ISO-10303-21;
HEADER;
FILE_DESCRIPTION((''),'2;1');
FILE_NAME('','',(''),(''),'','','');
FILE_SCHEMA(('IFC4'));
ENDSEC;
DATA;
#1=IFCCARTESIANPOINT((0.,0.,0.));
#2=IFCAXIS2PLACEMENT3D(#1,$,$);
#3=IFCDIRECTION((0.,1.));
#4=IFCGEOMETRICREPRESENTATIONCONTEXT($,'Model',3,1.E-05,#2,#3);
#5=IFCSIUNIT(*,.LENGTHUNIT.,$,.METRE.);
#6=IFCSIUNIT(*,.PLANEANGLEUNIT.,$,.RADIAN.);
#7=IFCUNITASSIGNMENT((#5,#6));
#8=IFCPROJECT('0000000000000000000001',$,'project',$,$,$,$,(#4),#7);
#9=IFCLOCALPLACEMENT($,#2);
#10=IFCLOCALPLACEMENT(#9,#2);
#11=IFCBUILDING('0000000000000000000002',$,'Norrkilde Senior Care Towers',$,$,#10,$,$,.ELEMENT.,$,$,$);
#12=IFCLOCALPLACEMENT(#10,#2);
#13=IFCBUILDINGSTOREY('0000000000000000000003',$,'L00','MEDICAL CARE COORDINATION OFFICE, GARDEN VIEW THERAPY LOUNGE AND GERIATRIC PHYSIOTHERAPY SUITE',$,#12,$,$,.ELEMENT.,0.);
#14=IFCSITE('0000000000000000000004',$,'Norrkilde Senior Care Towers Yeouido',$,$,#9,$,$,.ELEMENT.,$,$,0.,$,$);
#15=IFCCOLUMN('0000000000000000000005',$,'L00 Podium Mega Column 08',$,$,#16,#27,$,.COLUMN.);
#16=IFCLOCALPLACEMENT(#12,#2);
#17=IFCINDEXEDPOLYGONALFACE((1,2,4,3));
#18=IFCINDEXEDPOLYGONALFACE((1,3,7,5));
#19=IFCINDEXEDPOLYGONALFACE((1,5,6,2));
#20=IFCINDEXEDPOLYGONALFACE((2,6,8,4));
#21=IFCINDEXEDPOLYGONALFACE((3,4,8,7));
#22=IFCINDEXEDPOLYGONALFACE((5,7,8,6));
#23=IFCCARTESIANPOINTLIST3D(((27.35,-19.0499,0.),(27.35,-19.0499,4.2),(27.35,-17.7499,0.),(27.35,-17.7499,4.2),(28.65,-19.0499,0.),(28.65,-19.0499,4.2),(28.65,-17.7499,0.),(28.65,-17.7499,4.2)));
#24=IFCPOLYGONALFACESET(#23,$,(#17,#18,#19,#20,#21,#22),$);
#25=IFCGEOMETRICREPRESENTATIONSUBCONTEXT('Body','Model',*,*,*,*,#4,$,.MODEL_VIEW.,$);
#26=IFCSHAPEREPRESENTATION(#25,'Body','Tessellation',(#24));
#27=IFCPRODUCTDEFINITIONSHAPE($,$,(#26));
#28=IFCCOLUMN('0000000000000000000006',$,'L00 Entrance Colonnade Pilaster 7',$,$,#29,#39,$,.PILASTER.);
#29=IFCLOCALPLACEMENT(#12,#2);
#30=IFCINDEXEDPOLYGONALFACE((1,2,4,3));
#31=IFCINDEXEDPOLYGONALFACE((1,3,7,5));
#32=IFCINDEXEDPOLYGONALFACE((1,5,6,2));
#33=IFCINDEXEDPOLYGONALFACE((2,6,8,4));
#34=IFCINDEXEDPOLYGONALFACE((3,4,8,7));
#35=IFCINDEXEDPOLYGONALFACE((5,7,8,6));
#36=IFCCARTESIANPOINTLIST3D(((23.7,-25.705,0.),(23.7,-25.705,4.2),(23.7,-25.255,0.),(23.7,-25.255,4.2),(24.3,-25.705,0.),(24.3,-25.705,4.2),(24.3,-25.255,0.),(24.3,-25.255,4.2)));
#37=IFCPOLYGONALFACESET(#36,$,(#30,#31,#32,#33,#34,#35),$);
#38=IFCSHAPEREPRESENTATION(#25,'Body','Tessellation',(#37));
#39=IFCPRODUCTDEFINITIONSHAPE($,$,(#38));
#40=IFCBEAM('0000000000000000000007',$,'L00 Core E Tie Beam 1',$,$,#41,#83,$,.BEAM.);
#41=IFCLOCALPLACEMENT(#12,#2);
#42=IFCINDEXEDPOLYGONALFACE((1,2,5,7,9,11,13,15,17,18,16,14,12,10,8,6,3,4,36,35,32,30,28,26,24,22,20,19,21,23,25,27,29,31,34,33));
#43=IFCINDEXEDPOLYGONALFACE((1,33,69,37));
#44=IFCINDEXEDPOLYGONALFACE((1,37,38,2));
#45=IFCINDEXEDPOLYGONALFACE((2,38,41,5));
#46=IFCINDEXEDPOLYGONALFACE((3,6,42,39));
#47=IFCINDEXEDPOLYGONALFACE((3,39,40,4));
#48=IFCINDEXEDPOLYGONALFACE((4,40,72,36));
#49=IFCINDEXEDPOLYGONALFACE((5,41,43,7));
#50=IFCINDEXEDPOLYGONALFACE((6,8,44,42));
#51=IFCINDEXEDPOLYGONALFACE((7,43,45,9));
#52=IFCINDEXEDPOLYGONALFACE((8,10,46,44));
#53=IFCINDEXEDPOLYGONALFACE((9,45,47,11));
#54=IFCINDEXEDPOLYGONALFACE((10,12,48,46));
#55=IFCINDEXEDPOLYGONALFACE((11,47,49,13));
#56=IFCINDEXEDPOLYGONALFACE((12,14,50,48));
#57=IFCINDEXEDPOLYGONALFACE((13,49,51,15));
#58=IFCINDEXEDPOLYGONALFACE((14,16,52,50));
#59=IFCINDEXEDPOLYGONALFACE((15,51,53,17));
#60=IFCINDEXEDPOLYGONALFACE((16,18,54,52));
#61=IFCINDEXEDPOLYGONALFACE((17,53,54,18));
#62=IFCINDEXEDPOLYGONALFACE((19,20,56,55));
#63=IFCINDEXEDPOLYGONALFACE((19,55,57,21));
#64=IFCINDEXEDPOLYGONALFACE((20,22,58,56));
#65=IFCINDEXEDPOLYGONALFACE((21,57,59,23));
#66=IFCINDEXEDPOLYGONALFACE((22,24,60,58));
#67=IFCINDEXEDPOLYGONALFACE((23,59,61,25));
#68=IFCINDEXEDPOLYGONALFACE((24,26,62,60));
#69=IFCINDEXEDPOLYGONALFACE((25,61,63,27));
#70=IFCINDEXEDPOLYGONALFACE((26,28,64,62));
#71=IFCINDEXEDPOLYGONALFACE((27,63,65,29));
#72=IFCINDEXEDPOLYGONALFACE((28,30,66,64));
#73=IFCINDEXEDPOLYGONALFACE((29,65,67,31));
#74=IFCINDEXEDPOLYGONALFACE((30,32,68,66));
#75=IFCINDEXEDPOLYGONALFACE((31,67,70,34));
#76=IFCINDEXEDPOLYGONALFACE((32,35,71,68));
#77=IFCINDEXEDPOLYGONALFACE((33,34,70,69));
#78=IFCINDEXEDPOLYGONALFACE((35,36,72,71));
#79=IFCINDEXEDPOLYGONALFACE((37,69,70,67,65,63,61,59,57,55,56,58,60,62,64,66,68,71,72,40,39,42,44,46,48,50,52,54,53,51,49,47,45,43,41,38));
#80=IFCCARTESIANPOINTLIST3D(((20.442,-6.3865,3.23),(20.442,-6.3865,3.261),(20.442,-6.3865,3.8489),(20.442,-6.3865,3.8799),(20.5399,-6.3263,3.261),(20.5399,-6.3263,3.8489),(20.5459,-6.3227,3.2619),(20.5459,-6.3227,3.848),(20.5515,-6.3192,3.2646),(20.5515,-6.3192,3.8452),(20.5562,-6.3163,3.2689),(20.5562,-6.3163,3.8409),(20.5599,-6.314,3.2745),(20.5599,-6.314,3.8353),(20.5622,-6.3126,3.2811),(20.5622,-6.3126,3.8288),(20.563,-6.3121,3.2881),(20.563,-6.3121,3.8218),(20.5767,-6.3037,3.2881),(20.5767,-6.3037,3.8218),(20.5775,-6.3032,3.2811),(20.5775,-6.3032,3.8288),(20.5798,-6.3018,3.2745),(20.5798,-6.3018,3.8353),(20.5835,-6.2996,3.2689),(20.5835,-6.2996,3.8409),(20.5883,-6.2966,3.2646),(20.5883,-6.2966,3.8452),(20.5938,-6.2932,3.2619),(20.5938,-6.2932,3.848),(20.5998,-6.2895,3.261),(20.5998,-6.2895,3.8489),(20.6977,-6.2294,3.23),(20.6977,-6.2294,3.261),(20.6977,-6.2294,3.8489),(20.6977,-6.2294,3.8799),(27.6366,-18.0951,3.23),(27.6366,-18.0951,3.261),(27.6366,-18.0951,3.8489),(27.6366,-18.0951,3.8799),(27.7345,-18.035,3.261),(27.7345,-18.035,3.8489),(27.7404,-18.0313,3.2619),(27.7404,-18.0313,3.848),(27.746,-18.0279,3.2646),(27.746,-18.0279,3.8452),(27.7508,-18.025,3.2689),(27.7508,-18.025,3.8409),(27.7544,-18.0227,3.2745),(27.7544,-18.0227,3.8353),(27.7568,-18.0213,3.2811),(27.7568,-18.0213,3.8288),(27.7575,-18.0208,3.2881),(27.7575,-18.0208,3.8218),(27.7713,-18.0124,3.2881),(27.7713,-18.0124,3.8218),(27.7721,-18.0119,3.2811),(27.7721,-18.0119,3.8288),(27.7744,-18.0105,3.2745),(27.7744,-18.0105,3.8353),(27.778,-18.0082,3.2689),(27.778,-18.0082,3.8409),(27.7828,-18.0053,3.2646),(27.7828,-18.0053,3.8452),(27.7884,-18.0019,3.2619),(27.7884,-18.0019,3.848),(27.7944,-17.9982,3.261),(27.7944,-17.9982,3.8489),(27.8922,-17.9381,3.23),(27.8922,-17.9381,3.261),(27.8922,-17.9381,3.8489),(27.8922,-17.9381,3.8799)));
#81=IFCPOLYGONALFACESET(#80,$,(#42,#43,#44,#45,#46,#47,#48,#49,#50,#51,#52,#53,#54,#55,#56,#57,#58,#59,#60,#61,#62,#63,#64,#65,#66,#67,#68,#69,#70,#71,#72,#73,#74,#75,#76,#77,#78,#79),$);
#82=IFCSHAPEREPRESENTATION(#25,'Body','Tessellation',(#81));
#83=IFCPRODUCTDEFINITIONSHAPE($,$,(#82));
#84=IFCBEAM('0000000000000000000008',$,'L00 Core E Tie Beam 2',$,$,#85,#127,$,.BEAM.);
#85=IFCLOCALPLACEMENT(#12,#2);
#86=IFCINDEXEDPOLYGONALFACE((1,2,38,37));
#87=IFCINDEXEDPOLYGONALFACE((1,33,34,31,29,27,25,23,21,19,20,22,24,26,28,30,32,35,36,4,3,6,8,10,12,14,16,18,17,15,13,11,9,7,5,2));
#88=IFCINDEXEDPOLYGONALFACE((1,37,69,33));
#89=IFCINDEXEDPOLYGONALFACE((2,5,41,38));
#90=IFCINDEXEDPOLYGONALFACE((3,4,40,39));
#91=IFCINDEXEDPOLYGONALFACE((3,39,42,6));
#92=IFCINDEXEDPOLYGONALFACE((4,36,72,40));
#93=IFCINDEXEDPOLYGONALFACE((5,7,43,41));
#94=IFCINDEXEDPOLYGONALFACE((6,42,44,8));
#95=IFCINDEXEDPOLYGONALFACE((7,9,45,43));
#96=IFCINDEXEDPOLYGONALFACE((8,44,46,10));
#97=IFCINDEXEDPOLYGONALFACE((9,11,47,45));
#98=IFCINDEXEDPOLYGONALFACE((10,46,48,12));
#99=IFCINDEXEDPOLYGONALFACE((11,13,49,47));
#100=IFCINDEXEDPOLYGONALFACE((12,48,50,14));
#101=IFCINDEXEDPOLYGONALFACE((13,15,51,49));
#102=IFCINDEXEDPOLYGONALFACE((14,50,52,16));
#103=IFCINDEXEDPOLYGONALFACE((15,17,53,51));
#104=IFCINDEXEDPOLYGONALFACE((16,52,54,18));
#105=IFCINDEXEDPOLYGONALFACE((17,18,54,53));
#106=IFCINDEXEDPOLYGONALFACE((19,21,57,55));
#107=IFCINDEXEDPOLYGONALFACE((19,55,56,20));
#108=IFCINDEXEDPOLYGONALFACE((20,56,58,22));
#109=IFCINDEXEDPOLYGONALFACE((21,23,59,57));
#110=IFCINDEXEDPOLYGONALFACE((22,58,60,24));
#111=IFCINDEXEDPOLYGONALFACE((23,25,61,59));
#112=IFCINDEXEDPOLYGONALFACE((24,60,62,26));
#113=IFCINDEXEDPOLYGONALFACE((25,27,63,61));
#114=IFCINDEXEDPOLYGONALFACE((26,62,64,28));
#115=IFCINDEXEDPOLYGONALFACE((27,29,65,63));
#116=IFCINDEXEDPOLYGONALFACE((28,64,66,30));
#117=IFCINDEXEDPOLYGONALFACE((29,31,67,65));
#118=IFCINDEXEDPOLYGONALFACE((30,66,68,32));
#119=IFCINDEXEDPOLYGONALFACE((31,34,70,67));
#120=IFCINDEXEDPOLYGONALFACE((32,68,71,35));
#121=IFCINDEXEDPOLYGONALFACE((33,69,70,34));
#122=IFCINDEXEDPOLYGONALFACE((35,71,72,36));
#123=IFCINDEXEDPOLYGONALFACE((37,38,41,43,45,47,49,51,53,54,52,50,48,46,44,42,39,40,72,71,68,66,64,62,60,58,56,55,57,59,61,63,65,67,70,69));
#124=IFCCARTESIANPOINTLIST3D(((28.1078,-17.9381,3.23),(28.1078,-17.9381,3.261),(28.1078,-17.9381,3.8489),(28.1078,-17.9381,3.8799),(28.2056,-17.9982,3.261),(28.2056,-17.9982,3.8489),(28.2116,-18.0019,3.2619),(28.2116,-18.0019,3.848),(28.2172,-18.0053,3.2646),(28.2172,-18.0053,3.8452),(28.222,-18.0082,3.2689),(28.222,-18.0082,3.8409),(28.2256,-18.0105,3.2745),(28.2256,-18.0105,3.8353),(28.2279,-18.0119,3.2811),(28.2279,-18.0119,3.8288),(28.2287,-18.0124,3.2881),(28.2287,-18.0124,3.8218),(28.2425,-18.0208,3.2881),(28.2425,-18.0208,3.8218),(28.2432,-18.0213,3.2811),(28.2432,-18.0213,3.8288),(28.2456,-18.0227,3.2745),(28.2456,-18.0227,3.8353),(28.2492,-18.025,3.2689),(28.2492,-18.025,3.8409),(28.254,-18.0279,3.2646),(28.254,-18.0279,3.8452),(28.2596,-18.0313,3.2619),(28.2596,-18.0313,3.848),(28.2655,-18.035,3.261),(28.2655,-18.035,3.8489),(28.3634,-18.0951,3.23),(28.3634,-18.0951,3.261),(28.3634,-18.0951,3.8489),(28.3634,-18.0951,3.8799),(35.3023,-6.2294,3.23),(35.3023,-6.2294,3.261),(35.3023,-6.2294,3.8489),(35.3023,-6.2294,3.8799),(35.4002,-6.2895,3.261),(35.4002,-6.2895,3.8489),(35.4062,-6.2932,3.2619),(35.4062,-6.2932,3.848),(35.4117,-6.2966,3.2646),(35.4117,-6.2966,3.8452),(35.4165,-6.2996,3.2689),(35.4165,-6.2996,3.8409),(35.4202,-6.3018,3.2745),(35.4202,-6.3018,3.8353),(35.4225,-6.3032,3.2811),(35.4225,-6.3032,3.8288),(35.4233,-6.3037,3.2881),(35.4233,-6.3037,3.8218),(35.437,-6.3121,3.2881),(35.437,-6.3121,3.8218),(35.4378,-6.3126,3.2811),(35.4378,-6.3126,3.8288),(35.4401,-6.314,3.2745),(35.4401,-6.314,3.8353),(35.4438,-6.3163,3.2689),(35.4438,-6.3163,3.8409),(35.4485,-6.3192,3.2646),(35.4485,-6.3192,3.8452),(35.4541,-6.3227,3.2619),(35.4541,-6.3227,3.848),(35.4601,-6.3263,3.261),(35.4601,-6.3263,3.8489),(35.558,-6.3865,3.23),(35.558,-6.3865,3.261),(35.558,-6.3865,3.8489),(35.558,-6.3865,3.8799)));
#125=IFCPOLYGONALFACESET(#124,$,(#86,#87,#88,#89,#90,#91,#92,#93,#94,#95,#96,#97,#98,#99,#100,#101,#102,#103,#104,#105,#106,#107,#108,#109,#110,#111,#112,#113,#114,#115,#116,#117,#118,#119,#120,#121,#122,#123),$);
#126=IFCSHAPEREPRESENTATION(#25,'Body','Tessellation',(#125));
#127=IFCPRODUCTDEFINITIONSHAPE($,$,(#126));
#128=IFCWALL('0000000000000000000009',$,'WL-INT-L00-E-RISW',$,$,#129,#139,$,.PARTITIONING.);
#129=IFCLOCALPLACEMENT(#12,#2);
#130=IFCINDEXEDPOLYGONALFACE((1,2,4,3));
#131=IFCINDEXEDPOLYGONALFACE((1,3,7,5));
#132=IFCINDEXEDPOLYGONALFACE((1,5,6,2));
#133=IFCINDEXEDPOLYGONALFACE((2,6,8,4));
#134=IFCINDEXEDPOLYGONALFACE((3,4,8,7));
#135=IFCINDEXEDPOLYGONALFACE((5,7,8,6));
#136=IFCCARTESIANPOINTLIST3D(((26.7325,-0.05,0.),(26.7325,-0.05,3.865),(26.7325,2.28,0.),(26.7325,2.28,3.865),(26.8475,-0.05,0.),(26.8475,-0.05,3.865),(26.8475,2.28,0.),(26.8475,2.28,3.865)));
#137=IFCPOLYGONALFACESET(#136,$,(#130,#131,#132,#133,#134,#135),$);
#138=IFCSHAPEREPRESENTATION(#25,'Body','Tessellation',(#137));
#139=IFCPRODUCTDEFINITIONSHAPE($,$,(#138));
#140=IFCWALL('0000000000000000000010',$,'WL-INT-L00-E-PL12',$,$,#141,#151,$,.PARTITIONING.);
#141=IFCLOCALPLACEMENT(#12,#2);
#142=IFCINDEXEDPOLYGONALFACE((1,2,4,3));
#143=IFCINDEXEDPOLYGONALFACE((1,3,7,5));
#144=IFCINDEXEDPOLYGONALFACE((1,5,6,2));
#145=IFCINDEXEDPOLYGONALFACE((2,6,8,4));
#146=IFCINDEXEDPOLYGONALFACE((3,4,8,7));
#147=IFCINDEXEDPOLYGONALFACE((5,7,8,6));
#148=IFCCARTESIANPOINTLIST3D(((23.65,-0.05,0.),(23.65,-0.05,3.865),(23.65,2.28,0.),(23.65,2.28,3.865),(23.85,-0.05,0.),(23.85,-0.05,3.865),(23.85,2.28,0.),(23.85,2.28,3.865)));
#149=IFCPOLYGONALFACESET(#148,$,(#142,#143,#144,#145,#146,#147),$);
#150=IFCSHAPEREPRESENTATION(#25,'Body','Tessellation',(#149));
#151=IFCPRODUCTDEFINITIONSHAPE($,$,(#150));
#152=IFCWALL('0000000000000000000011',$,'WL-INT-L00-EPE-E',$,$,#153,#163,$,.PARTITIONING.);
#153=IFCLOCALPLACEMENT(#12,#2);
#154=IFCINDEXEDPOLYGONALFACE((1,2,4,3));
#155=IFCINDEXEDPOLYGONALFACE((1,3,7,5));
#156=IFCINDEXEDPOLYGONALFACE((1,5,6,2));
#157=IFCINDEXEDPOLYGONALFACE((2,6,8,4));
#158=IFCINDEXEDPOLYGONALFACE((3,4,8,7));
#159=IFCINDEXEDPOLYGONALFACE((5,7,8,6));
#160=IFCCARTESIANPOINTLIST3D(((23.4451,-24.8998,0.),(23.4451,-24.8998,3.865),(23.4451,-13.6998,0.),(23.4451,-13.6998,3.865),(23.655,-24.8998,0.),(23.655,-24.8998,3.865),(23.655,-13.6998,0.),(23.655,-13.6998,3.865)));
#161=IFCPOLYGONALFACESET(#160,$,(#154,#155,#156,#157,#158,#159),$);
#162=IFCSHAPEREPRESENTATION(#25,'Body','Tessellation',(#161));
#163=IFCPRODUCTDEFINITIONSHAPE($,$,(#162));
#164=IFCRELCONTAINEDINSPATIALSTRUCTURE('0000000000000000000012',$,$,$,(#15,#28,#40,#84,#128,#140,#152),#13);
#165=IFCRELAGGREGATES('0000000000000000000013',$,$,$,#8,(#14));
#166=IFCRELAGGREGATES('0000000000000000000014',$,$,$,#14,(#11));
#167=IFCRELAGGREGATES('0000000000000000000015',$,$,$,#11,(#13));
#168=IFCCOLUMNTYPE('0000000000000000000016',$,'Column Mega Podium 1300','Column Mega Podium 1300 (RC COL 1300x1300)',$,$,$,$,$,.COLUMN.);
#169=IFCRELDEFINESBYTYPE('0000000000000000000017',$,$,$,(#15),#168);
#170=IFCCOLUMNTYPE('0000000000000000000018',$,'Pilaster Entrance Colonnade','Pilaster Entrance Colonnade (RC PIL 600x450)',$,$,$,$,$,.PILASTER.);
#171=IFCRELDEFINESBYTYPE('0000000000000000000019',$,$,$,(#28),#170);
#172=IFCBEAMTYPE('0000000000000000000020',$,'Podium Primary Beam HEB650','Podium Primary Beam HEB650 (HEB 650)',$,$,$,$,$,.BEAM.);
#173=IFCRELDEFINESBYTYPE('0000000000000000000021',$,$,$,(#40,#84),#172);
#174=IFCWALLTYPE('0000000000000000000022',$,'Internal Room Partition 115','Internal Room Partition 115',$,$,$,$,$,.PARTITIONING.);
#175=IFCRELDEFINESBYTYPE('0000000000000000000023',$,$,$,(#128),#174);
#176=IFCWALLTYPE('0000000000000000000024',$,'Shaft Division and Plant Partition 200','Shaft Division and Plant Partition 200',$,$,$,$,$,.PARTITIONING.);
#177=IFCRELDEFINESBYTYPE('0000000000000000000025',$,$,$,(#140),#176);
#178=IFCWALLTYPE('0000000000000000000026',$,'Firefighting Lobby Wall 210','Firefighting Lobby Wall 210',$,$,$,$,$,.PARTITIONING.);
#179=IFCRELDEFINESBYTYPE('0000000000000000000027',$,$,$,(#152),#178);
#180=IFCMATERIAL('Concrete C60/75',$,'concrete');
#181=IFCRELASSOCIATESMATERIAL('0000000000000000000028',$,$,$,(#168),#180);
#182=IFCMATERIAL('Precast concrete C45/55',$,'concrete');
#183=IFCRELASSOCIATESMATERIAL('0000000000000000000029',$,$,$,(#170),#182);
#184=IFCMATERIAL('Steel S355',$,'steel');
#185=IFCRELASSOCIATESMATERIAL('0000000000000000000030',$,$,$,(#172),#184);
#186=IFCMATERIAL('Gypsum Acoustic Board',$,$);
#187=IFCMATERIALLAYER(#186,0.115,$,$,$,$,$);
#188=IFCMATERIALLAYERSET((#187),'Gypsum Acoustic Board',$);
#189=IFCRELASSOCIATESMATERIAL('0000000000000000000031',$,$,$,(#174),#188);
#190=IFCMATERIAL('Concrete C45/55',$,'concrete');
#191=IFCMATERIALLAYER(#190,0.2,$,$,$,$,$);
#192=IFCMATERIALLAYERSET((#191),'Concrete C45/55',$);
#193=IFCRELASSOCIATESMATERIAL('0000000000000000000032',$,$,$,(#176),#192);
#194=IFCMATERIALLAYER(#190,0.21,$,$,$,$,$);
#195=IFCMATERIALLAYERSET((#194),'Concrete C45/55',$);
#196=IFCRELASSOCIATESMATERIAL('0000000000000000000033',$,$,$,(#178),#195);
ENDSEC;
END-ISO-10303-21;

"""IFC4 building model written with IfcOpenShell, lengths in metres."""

from ifc_helpers import new_model, si_unit, direction, frame, frame_2d, origin, origin_2d, place, context, subcontext, project, spatial, rectangle, i_section, extrude, source, transform, mapped, material, layer, layer_set, material_profile, profile_set, type_object, type_shapes, element, save


model = new_model("IFC4")

# Units and contexts
model_context = context("Model", 3, precision=1e-05, world=origin(), true_north=direction((0.0, 1.0)))
body_context = subcontext(model_context, "Body", "Model", "MODEL_VIEW")
ifc_project = project(units=[si_unit("LENGTHUNIT", "METRE"), si_unit("PLANEANGLEUNIT", "RADIAN")], contexts=[model_context])

# Site, building, storey
site_placement = place(None, origin())
site = spatial("IfcSite", under=ifc_project, at=site_placement, Name="Norrkilde Senior Care Towers Yeouido", CompositionType="ELEMENT", RefElevation=0.0)
building_placement = place(site_placement, origin())
building = spatial("IfcBuilding", under=site, at=building_placement, Name="Norrkilde Senior Care Towers", CompositionType="ELEMENT")
storey_placement = place(building_placement, origin())
storey = spatial("IfcBuildingStorey", under=building, at=storey_placement, Name="L00", Description="MEDICAL CARE COORDINATION OFFICE, GARDEN VIEW THERAPY LOUNGE AND GERIATRIC PHYSIOTHERAPY SUITE", CompositionType="ELEMENT", Elevation=0.0)

# Columns
ifc_material_1 = material(Name="Concrete C60/75", Category="concrete")
ifc_material_profile_1 = material_profile(ifc_material_1, rectangle(XDim=1.3, YDim=1.3, at=origin_2d()), Name="RC COL 1300x1300")
ifc_profile_set_1 = profile_set([ifc_material_profile_1], Name="Concrete C60/75")
column_type_1 = type_object("IfcColumnType", Name="Column Mega Podium 1300", Description="Column Mega Podium 1300 (RC COL 1300x1300)", PredefinedType="COLUMN", material=ifc_profile_set_1)
shared_shape_1 = source(origin(), body_context, "Body", "SweptSolid", [
    extrude(rectangle(XDim=1.3, YDim=1.3, at=origin_2d()), origin(), (0.0, 0.0, 1.0), 4.2),
])
type_shapes(column_type_1, [shared_shape_1])
column_1_placement = place(storey_placement, frame((28.0, -18.3999, 0.0), z_axis=(0.0, 0.0, 1.0), x_axis=(1.0, 0.0, 0.0)))
element("IfcColumn", 1, at=column_1_placement, inside=storey, type_object=column_type_1, Name="L00 Podium Mega Column 08", PredefinedType="COLUMN", context=body_context, shape_type="MappedRepresentation", body=[
    mapped(shared_shape_1, transform((0.0, 0.0, 0.0), x_axis=(1.0, 0.0, 0.0), y_axis=(0.0, 1.0, 0.0), z_axis=(0.0, 0.0, 1.0), scale=1.0)),
])
ifc_material_2 = material(Name="Precast concrete C45/55", Category="concrete")
ifc_material_profile_2 = material_profile(ifc_material_2, rectangle(XDim=0.6001, YDim=0.45, at=origin_2d()), Name="RC PIL 600x450")
ifc_profile_set_2 = profile_set([ifc_material_profile_2], Name="Precast concrete C45/55")
column_type_2 = type_object("IfcColumnType", Name="Pilaster Entrance Colonnade", Description="Pilaster Entrance Colonnade (RC PIL 600x450)", PredefinedType="PILASTER", material=ifc_profile_set_2)
shared_shape_2 = source(origin(), body_context, "Body", "SweptSolid", [
    extrude(rectangle(XDim=0.6001, YDim=0.45, at=origin_2d()), origin(), (0.0, 0.0, 1.0), 4.2),
])
type_shapes(column_type_2, [shared_shape_2])
column_2_placement = place(storey_placement, frame((24.0, -25.48, 0.0), z_axis=(0.0, 0.0, 1.0), x_axis=(1.0, 0.0, 0.0)))
element("IfcColumn", 2, at=column_2_placement, inside=storey, type_object=column_type_2, Name="L00 Entrance Colonnade Pilaster 7", PredefinedType="PILASTER", context=body_context, shape_type="MappedRepresentation", body=[
    mapped(shared_shape_2, transform((0.0, 0.0, 0.0), x_axis=(1.0, 0.0, 0.0), y_axis=(0.0, 1.0, 0.0), z_axis=(0.0, 0.0, 1.0), scale=1.0)),
])

# Beams
ifc_material_3 = material(Name="Steel S355", Category="steel")
ifc_material_profile_3 = material_profile(ifc_material_3, i_section(OverallWidth=0.3, OverallDepth=0.6499, WebThickness=0.0161, FlangeThickness=0.031, FilletRadius=0.0271, at=origin_2d()), Name="HEB 650")
ifc_profile_set_3 = profile_set([ifc_material_profile_3], Name="Steel S355")
beam_type = type_object("IfcBeamType", Name="Podium Primary Beam HEB650", Description="Podium Primary Beam HEB650 (HEB 650)", PredefinedType="BEAM", material=ifc_profile_set_3)
shared_shape_3 = source(origin(), body_context, "Body", "SweptSolid", [
    extrude(i_section(OverallWidth=0.3, OverallDepth=0.6499, WebThickness=0.0161, FlangeThickness=0.031, FilletRadius=0.0271, at=origin_2d()), origin(), (0.0, 0.0, 1.0), 13.7424),
])
type_shapes(beam_type, [shared_shape_3])
for number, where, z_axis, x_axis, name in (
    (3, (27.7644, -18.0166, 3.5549), (-0.523527, 0.852009, 0.0), (-0.852009, -0.523527, 0.0), "L00 Core E Tie Beam 1"),
    (4, (28.2356, -18.0166, 3.5549), (0.523527, 0.852009, 0.0), (-0.852009, 0.523527, 0.0), "L00 Core E Tie Beam 2"),
):
    element("IfcBeam", number, at=place(storey_placement, frame(where, z_axis=z_axis, x_axis=x_axis)), inside=storey, type_object=beam_type, Name=name, PredefinedType="BEAM", context=body_context, shape_type="MappedRepresentation", body=[
        mapped(shared_shape_3, transform((0.0, 0.0, 0.0), x_axis=(1.0, 0.0, 0.0), y_axis=(0.0, 1.0, 0.0), z_axis=(0.0, 0.0, 1.0), scale=1.0)),
    ])

# Walls
ifc_material_4 = material(Name="Gypsum Acoustic Board")
ifc_layer_1 = layer(ifc_material_4, 0.115)
ifc_layer_set_1 = layer_set([ifc_layer_1], Name="Gypsum Acoustic Board")
wall_type_1 = type_object("IfcWallType", Name="Internal Room Partition 115", Description="Internal Room Partition 115", PredefinedType="PARTITIONING", material=ifc_layer_set_1)
shared_shape_4 = source(origin(), body_context, "Body", "SweptSolid", [
    extrude(rectangle(XDim=2.3301, YDim=0.115, at=frame_2d((1.165, 0.0))), origin(), (0.0, 0.0, 1.0), 3.865),
])
type_shapes(wall_type_1, [shared_shape_4])
wall_1_placement = place(storey_placement, frame((26.79, -0.05, 0.0), z_axis=(0.0, 0.0, 1.0), x_axis=(0.0, 1.0, 0.0)))
element("IfcWall", 5, at=wall_1_placement, inside=storey, type_object=wall_type_1, Name="WL-INT-L00-E-RISW", PredefinedType="PARTITIONING", context=body_context, shape_type="MappedRepresentation", body=[
    mapped(shared_shape_4, transform((0.0, 0.0, 0.0), x_axis=(1.0, 0.0, 0.0), y_axis=(0.0, 1.0, 0.0), z_axis=(0.0, 0.0, 1.0), scale=1.0)),
])
ifc_material_5 = material(Name="Concrete C45/55", Category="concrete")
ifc_layer_2 = layer(ifc_material_5, 0.2)
ifc_layer_set_2 = layer_set([ifc_layer_2], Name="Concrete C45/55")
wall_type_2 = type_object("IfcWallType", Name="Shaft Division and Plant Partition 200", Description="Shaft Division and Plant Partition 200", PredefinedType="PARTITIONING", material=ifc_layer_set_2)
shared_shape_5 = source(origin(), body_context, "Body", "SweptSolid", [
    extrude(rectangle(XDim=2.3301, YDim=0.2, at=frame_2d((1.165, 0.0))), origin(), (0.0, 0.0, 1.0), 3.865),
])
type_shapes(wall_type_2, [shared_shape_5])
wall_2_placement = place(storey_placement, frame((23.75, -0.05, 0.0), z_axis=(0.0, 0.0, 1.0), x_axis=(0.0, 1.0, 0.0)))
element("IfcWall", 6, at=wall_2_placement, inside=storey, type_object=wall_type_2, Name="WL-INT-L00-E-PL12", PredefinedType="PARTITIONING", context=body_context, shape_type="MappedRepresentation", body=[
    mapped(shared_shape_5, transform((0.0, 0.0, 0.0), x_axis=(1.0, 0.0, 0.0), y_axis=(0.0, 1.0, 0.0), z_axis=(0.0, 0.0, 1.0), scale=1.0)),
])
ifc_layer_3 = layer(ifc_material_5, 0.21)
ifc_layer_set_3 = layer_set([ifc_layer_3], Name="Concrete C45/55")
wall_type_3 = type_object("IfcWallType", Name="Firefighting Lobby Wall 210", Description="Firefighting Lobby Wall 210", PredefinedType="PARTITIONING", material=ifc_layer_set_3)
shared_shape_6 = source(origin(), body_context, "Body", "SweptSolid", [
    extrude(rectangle(XDim=11.2, YDim=0.21, at=frame_2d((5.6001, 0.0))), origin(), (0.0, 0.0, 1.0), 3.865),
])
type_shapes(wall_type_3, [shared_shape_6])
wall_3_placement = place(storey_placement, frame((23.55, -24.8999, 0.0), z_axis=(0.0, 0.0, 1.0), x_axis=(0.0, 1.0, 0.0)))
element("IfcWall", 7, at=wall_3_placement, inside=storey, type_object=wall_type_3, Name="WL-INT-L00-EPE-E", PredefinedType="PARTITIONING", context=body_context, shape_type="MappedRepresentation", body=[
    mapped(shared_shape_6, transform((0.0, 0.0, 0.0), x_axis=(1.0, 0.0, 0.0), y_axis=(0.0, 1.0, 0.0), z_axis=(0.0, 0.0, 1.0), scale=1.0)),
])

save(model, "model.ifc")
